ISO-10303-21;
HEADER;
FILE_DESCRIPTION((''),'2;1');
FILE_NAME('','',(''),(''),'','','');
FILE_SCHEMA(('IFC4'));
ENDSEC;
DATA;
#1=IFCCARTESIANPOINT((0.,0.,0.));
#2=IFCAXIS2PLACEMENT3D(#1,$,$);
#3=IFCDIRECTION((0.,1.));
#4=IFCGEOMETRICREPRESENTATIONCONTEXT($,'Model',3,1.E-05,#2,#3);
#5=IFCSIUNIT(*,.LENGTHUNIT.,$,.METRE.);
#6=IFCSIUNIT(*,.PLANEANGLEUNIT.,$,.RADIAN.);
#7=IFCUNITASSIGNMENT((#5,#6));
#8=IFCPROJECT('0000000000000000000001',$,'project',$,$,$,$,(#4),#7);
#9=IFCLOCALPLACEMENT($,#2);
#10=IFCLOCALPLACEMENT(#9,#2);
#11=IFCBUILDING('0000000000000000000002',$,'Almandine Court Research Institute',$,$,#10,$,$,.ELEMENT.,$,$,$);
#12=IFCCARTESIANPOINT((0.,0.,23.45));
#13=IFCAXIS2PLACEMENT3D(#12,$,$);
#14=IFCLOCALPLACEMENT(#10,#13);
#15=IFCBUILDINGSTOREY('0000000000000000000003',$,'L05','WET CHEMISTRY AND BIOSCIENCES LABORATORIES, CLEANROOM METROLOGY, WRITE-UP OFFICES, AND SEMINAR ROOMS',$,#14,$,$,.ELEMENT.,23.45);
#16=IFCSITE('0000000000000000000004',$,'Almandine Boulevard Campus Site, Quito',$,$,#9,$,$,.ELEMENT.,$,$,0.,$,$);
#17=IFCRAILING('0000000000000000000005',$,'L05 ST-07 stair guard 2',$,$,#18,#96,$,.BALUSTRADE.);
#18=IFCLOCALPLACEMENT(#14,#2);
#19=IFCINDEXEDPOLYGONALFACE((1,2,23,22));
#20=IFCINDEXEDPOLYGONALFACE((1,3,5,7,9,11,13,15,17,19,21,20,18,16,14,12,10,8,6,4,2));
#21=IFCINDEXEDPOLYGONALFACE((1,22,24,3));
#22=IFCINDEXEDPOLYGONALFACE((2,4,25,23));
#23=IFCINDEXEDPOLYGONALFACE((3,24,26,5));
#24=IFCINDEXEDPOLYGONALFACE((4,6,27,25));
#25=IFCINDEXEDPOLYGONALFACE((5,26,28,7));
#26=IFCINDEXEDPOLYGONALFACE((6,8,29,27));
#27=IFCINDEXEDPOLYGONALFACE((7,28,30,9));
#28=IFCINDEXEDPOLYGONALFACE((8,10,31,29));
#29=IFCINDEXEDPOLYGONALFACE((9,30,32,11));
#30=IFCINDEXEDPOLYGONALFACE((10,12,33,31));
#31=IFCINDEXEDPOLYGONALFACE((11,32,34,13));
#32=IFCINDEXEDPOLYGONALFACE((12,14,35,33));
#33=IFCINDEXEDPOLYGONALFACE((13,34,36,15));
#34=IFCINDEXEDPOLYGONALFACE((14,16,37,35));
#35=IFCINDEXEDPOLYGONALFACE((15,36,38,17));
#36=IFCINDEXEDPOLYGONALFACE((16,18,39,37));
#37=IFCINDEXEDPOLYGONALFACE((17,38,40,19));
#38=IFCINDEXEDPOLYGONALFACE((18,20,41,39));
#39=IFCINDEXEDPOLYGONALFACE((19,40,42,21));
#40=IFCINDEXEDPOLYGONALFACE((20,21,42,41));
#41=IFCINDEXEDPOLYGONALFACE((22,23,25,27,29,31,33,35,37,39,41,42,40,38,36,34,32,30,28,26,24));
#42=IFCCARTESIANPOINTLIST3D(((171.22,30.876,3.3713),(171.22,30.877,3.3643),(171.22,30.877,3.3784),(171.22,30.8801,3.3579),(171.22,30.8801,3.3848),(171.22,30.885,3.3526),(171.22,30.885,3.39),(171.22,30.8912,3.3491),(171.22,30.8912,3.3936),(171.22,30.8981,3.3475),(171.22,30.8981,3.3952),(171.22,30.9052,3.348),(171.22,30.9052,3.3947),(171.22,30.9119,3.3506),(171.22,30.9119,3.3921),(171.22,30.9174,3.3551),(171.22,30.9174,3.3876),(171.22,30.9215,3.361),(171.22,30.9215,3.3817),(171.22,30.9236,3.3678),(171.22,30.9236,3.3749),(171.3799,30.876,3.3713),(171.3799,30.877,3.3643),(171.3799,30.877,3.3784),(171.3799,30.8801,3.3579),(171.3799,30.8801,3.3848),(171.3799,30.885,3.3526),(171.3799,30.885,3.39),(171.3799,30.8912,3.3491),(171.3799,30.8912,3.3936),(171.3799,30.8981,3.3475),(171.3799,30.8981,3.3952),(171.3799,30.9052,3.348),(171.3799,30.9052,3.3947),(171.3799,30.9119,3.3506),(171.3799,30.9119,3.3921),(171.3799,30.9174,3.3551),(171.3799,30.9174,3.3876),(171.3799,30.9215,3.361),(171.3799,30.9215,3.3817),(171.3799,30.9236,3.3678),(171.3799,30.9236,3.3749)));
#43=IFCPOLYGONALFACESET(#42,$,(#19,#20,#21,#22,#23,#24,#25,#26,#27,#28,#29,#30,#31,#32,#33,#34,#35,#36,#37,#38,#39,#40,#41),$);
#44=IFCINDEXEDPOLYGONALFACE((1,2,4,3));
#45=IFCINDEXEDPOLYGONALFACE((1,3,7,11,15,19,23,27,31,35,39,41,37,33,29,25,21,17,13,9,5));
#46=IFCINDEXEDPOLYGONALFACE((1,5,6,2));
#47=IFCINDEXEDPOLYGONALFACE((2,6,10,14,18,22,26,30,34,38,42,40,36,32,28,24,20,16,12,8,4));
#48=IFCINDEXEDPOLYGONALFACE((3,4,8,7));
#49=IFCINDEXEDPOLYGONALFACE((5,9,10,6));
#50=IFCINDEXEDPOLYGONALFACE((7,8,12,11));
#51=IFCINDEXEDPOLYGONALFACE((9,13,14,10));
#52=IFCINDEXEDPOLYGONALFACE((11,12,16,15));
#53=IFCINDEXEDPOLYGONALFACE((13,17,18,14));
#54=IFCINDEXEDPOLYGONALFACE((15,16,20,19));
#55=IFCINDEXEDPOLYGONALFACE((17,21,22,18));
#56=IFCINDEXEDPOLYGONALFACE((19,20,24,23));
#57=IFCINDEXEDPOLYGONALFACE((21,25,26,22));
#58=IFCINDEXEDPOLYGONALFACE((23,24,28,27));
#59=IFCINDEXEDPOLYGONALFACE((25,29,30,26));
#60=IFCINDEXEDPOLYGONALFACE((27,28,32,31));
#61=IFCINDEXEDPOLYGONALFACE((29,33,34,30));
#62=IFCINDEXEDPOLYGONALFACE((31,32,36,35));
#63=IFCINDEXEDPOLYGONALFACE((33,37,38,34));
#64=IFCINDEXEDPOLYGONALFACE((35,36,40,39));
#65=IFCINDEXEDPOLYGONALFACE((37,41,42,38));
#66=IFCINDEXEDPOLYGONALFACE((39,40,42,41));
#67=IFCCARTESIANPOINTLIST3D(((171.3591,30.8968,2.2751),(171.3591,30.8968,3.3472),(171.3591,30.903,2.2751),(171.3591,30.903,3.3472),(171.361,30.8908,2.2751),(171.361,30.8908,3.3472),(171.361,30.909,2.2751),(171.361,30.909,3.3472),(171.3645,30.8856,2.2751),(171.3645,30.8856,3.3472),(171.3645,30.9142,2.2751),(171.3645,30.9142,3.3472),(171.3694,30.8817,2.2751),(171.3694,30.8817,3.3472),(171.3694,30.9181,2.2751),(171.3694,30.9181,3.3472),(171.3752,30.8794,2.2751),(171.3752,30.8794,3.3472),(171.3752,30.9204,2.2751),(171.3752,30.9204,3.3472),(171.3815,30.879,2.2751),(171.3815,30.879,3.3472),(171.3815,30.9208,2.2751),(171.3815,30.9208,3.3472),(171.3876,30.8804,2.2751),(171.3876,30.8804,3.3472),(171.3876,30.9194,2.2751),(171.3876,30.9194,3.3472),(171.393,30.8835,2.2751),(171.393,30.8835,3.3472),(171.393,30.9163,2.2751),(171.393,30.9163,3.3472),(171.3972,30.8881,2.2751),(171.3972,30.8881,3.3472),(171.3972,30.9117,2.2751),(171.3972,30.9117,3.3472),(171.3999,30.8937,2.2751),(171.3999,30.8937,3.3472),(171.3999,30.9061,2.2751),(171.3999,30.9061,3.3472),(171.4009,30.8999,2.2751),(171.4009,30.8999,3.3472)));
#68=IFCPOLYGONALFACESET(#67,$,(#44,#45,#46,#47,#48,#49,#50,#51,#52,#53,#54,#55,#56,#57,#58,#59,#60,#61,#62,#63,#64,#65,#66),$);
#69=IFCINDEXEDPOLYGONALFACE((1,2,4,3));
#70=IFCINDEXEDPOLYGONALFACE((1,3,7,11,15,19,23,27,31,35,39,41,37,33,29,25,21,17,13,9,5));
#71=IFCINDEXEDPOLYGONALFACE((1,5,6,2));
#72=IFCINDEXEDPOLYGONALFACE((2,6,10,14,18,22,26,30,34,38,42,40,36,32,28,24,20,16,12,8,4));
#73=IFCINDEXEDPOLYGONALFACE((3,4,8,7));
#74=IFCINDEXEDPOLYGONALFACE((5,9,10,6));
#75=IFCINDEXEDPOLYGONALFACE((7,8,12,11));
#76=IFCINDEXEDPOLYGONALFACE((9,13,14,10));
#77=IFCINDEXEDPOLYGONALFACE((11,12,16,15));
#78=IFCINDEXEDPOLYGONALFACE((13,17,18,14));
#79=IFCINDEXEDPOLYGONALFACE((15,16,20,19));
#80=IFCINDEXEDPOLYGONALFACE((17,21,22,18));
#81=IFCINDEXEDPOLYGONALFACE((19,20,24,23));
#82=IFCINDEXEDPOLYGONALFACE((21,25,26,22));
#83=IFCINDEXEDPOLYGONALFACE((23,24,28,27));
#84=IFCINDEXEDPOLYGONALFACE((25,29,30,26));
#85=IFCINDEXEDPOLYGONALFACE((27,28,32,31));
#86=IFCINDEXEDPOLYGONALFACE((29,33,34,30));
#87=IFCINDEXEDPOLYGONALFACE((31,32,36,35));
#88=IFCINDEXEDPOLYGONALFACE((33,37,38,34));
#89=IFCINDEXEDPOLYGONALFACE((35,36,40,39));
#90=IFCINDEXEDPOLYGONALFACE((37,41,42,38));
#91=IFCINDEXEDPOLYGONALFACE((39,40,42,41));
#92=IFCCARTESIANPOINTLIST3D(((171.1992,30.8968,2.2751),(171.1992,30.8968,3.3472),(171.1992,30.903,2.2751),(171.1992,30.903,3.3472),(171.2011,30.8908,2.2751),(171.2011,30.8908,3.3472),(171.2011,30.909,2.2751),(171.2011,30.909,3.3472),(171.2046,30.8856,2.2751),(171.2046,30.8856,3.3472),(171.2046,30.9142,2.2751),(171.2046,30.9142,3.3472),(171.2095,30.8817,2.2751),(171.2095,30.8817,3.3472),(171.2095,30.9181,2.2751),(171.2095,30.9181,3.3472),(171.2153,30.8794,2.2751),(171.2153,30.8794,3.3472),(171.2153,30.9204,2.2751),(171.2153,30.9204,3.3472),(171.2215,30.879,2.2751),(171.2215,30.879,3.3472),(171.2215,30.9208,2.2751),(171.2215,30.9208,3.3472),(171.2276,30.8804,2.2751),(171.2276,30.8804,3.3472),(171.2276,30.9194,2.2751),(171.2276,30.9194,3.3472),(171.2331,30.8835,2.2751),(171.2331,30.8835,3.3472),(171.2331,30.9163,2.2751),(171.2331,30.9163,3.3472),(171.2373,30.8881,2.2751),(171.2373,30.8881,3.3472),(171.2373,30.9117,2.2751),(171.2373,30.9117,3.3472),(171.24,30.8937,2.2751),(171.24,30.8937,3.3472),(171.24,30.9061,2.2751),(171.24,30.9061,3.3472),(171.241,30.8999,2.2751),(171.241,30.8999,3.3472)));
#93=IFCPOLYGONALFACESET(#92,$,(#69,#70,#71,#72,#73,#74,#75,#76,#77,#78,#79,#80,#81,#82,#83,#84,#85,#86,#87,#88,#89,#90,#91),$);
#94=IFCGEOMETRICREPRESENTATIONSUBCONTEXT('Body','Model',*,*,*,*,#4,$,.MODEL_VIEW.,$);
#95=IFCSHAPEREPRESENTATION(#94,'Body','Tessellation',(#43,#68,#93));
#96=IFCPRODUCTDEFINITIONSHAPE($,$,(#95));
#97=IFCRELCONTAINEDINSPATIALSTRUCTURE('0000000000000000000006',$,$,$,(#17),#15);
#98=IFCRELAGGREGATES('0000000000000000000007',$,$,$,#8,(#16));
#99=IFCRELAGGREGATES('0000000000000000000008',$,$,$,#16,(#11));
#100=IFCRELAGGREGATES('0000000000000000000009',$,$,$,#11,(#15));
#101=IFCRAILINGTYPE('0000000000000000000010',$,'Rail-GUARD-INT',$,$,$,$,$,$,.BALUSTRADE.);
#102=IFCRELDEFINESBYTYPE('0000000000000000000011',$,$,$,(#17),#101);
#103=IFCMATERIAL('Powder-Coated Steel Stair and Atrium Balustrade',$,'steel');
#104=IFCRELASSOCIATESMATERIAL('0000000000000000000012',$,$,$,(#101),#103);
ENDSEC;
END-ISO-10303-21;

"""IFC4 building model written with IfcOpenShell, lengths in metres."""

from ifc_helpers import new_model, si_unit, direction, frame, origin, origin_2d, place, context, subcontext, project, spatial, circle, extrude, material, type_object, element, save


model = new_model("IFC4")

# Units and contexts
model_context = context("Model", 3, precision=1e-05, world=origin(), true_north=direction((0.0, 1.0)))
body_context = subcontext(model_context, "Body", "Model", "MODEL_VIEW")
ifc_project = project(units=[si_unit("LENGTHUNIT", "METRE"), si_unit("PLANEANGLEUNIT", "RADIAN")], contexts=[model_context])

# Site, building, storey
site_placement = place(None, origin())
site = spatial("IfcSite", under=ifc_project, at=site_placement, Name="Almandine Boulevard Campus Site, Quito", CompositionType="ELEMENT", RefElevation=0.0)
building_placement = place(site_placement, origin())
building = spatial("IfcBuilding", under=site, at=building_placement, Name="Almandine Court Research Institute", CompositionType="ELEMENT")
storey_placement = place(building_placement, frame((0.0, 0.0, 23.45)))
storey = spatial("IfcBuildingStorey", under=building, at=storey_placement, Name="L05", Description="WET CHEMISTRY AND BIOSCIENCES LABORATORIES, CLEANROOM METROLOGY, WRITE-UP OFFICES, AND SEMINAR ROOMS", CompositionType="ELEMENT", Elevation=23.45)

# Railing
ifc_material_1 = material(Name="Powder-Coated Steel Stair and Atrium Balustrade", Category="steel")
railing_type_1 = type_object("IfcRailingType", Name="Rail-GUARD-INT", PredefinedType="BALUSTRADE", material=ifc_material_1)
railing_1_placement = place(storey_placement, frame((171.3799, 30.8999, 2.2751)))
element("IfcRailing", 1, at=railing_1_placement, inside=storey, type_object=railing_type_1, Name="L05 ST-07 stair guard 2", PredefinedType="BALUSTRADE", context=body_context, shape_type="SweptSolid", body=[
    extrude(circle(Radius=0.0239, at=origin_2d()), frame((0.0, 0.0, 1.0962), z_axis=(-1.0, 0.0, 0.0), x_axis=(0.0, -1.0, 0.0)), (0.0, 0.0, 1.0), 0.1599),
    extrude(circle(Radius=0.021, at=origin_2d()), origin(), (0.0, 0.0, 1.0), 1.072),
    extrude(circle(Radius=0.021, at=origin_2d()), frame((-0.1599, 0.0, 0.0)), (0.0, 0.0, 1.0), 1.072),
])

save(model, "model.ifc")
